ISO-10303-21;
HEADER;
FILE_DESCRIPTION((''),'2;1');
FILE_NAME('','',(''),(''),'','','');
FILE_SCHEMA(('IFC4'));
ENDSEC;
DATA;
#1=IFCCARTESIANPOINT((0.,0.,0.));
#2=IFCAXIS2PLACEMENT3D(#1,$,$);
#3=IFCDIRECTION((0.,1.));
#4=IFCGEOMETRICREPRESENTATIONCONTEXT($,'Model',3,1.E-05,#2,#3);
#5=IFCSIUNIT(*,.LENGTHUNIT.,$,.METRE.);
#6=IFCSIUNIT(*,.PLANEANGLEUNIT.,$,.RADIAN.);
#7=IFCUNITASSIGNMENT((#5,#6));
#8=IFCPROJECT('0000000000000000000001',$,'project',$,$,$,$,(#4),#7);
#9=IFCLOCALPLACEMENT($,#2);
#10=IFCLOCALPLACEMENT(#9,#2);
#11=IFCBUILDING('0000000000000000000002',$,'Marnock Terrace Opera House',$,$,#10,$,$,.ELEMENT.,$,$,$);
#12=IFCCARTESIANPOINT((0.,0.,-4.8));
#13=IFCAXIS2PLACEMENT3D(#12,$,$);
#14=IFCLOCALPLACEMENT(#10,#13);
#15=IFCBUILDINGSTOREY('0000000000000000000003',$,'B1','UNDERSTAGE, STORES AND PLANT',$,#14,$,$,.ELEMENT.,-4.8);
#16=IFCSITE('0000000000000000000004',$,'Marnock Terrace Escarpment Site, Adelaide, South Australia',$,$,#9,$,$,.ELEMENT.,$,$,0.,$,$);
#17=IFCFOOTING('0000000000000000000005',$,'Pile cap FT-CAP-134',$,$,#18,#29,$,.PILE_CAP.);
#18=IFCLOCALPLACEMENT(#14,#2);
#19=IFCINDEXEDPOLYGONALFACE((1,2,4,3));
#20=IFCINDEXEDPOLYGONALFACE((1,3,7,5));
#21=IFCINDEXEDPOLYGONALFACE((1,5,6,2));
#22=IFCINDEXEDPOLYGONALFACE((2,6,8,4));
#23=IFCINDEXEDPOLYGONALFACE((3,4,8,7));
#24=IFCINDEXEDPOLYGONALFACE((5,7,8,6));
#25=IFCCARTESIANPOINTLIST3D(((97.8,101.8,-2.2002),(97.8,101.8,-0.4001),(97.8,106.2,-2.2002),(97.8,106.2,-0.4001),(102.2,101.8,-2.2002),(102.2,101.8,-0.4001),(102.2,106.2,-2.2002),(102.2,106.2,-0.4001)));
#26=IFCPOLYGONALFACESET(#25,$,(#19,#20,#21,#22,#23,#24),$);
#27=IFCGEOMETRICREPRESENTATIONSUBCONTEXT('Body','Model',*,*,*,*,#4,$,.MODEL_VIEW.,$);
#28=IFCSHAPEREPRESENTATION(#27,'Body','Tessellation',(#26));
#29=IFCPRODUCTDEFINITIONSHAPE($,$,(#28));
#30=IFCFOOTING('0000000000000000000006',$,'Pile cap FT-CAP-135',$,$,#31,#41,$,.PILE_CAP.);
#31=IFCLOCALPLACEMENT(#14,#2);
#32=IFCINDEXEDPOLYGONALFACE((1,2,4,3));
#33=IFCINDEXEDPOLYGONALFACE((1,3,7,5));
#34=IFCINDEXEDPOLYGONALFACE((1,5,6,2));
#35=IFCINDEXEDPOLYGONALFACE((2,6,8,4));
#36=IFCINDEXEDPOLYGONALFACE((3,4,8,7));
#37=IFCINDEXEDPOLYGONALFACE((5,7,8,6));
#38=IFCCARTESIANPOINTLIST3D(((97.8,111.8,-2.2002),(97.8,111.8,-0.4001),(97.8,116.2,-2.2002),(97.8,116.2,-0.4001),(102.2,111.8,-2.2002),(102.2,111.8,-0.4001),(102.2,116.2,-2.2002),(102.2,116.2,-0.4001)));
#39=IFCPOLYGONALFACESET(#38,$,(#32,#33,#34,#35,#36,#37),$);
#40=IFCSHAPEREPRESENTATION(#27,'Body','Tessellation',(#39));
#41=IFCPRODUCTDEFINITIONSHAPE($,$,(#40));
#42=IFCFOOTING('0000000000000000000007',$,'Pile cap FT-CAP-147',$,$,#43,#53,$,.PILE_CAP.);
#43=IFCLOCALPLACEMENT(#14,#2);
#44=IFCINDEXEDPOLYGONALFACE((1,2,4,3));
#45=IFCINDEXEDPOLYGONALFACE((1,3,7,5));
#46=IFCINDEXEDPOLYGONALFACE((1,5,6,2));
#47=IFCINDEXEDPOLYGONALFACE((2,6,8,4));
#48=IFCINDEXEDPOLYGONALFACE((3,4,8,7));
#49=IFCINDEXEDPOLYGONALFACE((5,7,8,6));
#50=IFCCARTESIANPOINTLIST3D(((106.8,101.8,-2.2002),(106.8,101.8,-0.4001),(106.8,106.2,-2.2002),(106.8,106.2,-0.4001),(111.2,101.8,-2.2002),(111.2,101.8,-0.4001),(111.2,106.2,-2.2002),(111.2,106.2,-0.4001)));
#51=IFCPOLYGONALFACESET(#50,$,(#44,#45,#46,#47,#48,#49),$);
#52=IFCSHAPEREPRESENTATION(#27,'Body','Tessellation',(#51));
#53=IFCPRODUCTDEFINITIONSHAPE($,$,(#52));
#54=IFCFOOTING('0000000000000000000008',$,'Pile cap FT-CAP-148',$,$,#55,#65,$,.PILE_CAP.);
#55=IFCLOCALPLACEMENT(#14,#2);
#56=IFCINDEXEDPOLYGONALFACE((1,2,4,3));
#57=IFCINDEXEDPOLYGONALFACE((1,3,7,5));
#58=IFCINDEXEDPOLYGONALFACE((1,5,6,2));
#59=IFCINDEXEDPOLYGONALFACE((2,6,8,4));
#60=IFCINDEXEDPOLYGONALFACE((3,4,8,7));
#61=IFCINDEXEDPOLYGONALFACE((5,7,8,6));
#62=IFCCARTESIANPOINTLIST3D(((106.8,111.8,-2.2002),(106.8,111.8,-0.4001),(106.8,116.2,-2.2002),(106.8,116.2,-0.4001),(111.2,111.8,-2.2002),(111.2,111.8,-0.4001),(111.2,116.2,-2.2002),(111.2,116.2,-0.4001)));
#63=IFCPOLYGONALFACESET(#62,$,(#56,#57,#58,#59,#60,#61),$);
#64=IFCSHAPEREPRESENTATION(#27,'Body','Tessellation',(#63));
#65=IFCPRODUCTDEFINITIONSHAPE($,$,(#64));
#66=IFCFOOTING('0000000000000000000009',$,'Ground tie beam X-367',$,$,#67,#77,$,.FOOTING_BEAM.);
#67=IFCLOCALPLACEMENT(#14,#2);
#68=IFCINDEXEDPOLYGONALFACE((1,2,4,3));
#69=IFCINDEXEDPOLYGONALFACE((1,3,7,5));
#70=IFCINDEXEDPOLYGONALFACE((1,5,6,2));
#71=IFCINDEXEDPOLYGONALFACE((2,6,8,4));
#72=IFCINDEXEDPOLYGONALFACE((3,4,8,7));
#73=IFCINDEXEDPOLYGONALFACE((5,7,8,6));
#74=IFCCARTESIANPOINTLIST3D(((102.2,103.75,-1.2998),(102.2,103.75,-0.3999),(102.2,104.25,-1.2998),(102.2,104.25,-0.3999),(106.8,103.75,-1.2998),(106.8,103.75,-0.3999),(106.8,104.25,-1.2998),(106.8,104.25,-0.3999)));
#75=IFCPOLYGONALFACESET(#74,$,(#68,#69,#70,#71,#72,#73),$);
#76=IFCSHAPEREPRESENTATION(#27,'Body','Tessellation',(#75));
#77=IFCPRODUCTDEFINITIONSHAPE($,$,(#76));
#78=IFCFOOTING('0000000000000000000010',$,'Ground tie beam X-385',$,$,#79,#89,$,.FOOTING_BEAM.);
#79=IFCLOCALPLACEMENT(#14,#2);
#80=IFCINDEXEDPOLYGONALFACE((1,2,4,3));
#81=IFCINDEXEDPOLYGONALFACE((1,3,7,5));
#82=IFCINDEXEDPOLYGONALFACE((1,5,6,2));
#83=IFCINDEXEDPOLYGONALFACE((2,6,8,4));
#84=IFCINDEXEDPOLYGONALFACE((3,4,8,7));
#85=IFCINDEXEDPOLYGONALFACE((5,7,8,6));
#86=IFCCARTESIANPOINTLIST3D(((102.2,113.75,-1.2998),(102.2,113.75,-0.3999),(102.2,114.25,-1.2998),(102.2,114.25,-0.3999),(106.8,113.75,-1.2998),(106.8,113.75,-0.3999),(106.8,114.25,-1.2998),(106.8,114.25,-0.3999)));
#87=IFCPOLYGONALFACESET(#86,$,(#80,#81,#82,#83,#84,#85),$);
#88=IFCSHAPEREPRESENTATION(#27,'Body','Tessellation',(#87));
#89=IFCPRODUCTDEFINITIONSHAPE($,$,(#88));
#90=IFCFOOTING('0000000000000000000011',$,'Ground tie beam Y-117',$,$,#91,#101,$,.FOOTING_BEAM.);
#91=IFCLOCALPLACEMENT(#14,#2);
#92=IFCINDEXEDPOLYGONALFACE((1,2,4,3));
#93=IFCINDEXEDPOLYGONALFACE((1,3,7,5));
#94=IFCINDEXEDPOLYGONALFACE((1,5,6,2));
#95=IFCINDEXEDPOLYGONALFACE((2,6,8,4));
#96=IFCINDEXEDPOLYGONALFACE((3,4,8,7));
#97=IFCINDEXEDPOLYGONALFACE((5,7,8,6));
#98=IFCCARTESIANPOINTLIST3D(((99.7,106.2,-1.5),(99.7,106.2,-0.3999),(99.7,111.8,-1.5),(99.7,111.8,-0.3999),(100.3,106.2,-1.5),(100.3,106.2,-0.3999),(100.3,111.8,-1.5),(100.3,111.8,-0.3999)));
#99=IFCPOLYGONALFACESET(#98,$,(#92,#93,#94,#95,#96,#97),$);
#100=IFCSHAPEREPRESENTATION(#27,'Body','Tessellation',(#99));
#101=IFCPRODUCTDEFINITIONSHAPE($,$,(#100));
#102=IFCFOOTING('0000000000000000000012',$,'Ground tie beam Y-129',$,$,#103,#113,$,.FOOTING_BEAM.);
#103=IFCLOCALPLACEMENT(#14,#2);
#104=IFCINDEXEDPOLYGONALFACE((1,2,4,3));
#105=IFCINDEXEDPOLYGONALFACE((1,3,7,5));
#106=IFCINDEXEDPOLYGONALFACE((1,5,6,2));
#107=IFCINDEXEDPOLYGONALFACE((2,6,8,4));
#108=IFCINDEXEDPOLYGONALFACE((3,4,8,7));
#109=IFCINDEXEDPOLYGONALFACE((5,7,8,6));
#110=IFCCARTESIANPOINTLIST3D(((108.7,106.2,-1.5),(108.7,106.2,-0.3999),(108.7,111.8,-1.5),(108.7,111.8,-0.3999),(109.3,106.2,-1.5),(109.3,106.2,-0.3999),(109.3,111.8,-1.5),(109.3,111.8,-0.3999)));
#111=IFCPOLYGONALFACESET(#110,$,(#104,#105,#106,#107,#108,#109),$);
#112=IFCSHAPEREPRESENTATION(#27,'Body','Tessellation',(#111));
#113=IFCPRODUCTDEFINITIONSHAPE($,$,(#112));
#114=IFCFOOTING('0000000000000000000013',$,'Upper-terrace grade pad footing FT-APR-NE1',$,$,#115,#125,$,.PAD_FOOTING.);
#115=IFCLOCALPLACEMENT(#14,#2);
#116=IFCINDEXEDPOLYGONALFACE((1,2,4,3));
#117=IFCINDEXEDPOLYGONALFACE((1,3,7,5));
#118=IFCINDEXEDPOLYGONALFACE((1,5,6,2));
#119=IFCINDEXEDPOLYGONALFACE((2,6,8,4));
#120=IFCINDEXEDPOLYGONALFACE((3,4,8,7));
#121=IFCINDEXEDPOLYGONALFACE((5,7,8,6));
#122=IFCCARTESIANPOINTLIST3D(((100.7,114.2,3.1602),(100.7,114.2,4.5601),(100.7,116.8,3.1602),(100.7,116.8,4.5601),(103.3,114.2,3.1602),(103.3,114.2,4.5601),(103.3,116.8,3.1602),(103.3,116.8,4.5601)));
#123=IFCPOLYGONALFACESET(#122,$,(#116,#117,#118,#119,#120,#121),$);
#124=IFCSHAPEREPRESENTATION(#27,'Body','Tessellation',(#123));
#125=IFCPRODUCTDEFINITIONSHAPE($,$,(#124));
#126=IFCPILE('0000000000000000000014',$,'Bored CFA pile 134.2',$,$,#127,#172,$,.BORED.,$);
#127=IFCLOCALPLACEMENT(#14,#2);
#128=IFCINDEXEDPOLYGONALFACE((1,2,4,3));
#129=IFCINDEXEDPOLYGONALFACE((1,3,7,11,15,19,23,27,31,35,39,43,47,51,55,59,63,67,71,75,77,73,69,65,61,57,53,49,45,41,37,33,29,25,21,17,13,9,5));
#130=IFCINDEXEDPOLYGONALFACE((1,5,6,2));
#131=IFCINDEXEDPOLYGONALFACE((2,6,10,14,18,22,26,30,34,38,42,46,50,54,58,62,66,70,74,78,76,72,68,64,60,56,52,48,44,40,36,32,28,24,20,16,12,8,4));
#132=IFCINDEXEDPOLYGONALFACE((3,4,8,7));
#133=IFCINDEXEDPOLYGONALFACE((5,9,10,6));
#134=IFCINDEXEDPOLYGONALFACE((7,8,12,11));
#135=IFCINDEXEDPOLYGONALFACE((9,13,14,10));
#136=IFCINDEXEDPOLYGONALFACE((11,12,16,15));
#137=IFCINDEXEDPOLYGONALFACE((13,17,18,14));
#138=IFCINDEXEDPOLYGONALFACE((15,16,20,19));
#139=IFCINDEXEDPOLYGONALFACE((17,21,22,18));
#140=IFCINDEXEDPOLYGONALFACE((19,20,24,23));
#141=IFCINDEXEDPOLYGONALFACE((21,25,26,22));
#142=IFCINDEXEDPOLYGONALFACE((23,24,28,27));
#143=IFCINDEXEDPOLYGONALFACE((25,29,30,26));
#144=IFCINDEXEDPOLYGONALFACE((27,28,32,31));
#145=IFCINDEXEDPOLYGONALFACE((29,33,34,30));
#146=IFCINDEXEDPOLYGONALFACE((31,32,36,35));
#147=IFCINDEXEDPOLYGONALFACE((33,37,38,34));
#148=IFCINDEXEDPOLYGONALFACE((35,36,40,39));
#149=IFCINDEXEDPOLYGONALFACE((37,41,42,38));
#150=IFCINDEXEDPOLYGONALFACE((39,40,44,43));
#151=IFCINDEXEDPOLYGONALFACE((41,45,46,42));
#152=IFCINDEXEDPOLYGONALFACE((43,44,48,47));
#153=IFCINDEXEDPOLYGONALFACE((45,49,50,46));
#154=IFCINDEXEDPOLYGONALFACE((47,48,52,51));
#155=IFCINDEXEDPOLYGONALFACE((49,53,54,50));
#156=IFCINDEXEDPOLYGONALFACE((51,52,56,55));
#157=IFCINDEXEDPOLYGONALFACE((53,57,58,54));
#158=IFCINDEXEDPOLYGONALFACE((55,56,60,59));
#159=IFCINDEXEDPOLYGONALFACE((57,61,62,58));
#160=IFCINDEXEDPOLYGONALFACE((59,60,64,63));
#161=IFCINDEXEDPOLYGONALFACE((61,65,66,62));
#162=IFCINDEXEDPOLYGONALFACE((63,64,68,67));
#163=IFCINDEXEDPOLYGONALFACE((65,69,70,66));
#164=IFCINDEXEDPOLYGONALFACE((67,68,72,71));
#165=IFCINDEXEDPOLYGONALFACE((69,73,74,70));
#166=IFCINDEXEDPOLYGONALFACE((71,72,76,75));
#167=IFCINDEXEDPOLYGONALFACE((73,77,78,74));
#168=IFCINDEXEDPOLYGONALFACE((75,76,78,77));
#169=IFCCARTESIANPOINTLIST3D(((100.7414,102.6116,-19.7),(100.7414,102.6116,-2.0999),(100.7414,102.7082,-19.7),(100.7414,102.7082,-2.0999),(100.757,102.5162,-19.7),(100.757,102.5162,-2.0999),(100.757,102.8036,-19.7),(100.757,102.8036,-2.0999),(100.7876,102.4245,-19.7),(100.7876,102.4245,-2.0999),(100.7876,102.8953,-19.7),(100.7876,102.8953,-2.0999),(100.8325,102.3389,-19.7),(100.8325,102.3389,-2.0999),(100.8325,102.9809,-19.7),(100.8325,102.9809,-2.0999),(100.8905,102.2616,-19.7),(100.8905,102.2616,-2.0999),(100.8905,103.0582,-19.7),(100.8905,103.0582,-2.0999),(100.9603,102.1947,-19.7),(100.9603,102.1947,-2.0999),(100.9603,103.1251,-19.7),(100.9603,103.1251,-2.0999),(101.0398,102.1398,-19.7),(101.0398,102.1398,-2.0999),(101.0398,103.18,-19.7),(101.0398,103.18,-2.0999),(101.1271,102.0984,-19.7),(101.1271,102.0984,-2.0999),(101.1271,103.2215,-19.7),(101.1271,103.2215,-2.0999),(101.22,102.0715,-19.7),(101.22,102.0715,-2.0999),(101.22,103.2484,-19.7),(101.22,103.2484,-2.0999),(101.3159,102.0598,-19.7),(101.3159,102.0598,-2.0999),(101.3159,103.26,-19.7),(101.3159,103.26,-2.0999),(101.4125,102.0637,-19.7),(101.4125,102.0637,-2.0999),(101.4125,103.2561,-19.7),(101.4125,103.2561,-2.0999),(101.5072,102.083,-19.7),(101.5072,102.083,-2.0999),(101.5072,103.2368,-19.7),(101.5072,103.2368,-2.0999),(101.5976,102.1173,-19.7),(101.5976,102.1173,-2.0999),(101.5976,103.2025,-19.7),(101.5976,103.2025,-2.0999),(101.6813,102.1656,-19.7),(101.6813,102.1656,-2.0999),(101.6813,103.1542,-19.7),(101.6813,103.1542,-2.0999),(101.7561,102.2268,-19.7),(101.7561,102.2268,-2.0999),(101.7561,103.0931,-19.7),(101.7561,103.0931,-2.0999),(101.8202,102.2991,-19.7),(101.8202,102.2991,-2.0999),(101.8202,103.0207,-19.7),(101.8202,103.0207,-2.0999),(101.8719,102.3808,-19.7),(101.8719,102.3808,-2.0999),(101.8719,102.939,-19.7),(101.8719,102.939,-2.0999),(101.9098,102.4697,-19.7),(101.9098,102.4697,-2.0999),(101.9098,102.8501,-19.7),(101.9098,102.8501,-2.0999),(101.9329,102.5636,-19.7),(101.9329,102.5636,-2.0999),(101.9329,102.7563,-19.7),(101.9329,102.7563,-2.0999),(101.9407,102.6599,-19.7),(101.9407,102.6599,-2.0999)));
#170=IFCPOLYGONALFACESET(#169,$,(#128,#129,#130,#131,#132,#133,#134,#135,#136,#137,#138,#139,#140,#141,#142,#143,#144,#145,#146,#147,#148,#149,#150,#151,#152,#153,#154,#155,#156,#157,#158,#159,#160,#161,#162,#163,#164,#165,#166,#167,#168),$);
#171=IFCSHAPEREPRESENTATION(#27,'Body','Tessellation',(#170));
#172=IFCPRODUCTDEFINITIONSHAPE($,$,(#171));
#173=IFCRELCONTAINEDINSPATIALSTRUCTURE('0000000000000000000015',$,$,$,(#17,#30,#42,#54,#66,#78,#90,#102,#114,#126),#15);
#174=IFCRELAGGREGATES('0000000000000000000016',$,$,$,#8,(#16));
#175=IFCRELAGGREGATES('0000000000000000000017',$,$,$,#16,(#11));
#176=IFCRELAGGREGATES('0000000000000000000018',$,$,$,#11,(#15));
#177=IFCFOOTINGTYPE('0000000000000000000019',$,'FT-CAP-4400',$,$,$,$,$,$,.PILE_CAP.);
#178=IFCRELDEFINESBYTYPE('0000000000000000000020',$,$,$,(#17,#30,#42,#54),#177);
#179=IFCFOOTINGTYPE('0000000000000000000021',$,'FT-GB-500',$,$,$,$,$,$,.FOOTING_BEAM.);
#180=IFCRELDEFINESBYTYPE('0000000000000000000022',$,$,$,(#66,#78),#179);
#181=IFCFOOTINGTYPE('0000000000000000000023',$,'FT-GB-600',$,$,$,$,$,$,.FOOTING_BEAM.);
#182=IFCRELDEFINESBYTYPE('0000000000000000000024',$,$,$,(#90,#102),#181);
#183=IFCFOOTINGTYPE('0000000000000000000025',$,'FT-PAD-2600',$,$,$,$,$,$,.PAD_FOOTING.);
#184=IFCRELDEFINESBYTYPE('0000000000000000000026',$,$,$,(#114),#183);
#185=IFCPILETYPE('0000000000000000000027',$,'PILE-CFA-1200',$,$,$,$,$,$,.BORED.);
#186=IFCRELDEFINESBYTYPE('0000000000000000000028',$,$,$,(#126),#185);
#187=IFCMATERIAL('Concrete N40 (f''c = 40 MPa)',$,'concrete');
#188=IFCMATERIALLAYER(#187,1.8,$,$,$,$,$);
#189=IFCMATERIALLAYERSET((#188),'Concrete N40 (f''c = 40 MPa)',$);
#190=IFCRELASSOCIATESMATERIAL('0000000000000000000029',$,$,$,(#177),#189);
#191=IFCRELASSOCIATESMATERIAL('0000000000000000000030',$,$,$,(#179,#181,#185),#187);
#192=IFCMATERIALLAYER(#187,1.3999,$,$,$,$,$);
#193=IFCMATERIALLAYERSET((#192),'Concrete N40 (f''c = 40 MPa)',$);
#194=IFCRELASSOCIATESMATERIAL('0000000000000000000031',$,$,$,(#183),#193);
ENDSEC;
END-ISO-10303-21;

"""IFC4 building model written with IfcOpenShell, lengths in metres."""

from ifc_helpers import new_model, si_unit, direction, frame, origin, origin_2d, place, context, subcontext, project, spatial, rectangle, circle, extrude, material, layer, layer_set, material_profile, profile_set, type_object, element, save


model = new_model("IFC4")

# Units and contexts
model_context = context("Model", 3, precision=1e-05, world=origin(), true_north=direction((0.0, 1.0)))
body_context = subcontext(model_context, "Body", "Model", "MODEL_VIEW")
ifc_project = project(units=[si_unit("LENGTHUNIT", "METRE"), si_unit("PLANEANGLEUNIT", "RADIAN")], contexts=[model_context])

# Site, building, storey
site_placement = place(None, origin())
site = spatial("IfcSite", under=ifc_project, at=site_placement, Name="Marnock Terrace Escarpment Site, Adelaide, South Australia", CompositionType="ELEMENT", RefElevation=0.0)
building_placement = place(site_placement, origin())
building = spatial("IfcBuilding", under=site, at=building_placement, Name="Marnock Terrace Opera House", CompositionType="ELEMENT")
storey_placement = place(building_placement, frame((0.0, 0.0, -4.8)))
storey = spatial("IfcBuildingStorey", under=building, at=storey_placement, Name="B1", Description="UNDERSTAGE, STORES AND PLANT", CompositionType="ELEMENT", Elevation=-4.8)

# Footings
ifc_material_1 = material(Name="Concrete N40 (f'c = 40 MPa)", Category="concrete")
ifc_layer_1 = layer(ifc_material_1, 1.8)
ifc_layer_set_1 = layer_set([ifc_layer_1], Name="Concrete N40 (f'c = 40 MPa)")
footing_type_1 = type_object("IfcFootingType", Name="FT-CAP-4400", PredefinedType="PILE_CAP", material=ifc_layer_set_1)
for number, where, z_axis, x_axis, name in (
    (1, (100.0, 104.0, -2.2002), (0.0, 0.0, 1.0), (1.0, 0.0, 0.0), "Pile cap FT-CAP-134"),
    (2, (100.0, 114.0, -2.2002), (0.0, 0.0, 1.0), (1.0, 0.0, 0.0), "Pile cap FT-CAP-135"),
    (3, (109.0, 104.0, -2.2002), (0.0, 0.0, 1.0), (1.0, 0.0, 0.0), "Pile cap FT-CAP-147"),
    (4, (109.0, 114.0, -2.2002), (0.0, 0.0, 1.0), (1.0, 0.0, 0.0), "Pile cap FT-CAP-148"),
):
    element("IfcFooting", number, at=place(storey_placement, frame(where, z_axis=z_axis, x_axis=x_axis)), inside=storey, type_object=footing_type_1, Name=name, PredefinedType="PILE_CAP", context=body_context, shape_type="SweptSolid", body=[
        extrude(rectangle(XDim=4.3999, YDim=4.3999, at=origin_2d()), origin(), (0.0, 0.0, 1.0), 1.8),
    ])
ifc_material_profile_1 = material_profile(ifc_material_1, rectangle(XDim=0.5, YDim=0.8999, at=origin_2d()))
ifc_profile_set_1 = profile_set([ifc_material_profile_1], Name="Concrete N40 (f'c = 40 MPa)")
footing_type_2 = type_object("IfcFootingType", Name="FT-GB-500", PredefinedType="FOOTING_BEAM", material=ifc_profile_set_1)
for number, where, z_axis, x_axis, name in (
    (5, (102.2, 104.0, -0.8499), (1.0, 0.0, 0.0), (0.0, 1.0, 0.0), "Ground tie beam X-367"),
    (6, (102.2, 114.0, -0.8499), (1.0, 0.0, 0.0), (0.0, 1.0, 0.0), "Ground tie beam X-385"),
):
    element("IfcFooting", number, at=place(storey_placement, frame(where, z_axis=z_axis, x_axis=x_axis)), inside=storey, type_object=footing_type_2, Name=name, PredefinedType="FOOTING_BEAM", context=body_context, shape_type="SweptSolid", body=[
        extrude(rectangle(XDim=0.5, YDim=0.8999, at=origin_2d()), origin(), (0.0, 0.0, 1.0), 4.6001),
    ])
ifc_material_profile_2 = material_profile(ifc_material_1, rectangle(XDim=0.6001, YDim=1.1001, at=origin_2d()))
ifc_profile_set_2 = profile_set([ifc_material_profile_2], Name="Concrete N40 (f'c = 40 MPa)")
footing_type_3 = type_object("IfcFootingType", Name="FT-GB-600", PredefinedType="FOOTING_BEAM", material=ifc_profile_set_2)
for number, where, z_axis, x_axis, name in (
    (7, (100.0, 106.2, -0.95), (0.0, 1.0, 0.0), (-1.0, 0.0, 0.0), "Ground tie beam Y-117"),
    (8, (109.0, 106.2, -0.95), (0.0, 1.0, 0.0), (-1.0, 0.0, 0.0), "Ground tie beam Y-129"),
):
    element("IfcFooting", number, at=place(storey_placement, frame(where, z_axis=z_axis, x_axis=x_axis)), inside=storey, type_object=footing_type_3, Name=name, PredefinedType="FOOTING_BEAM", context=body_context, shape_type="SweptSolid", body=[
        extrude(rectangle(XDim=0.6001, YDim=1.1001, at=origin_2d()), origin(), (0.0, 0.0, 1.0), 5.6001),
    ])
ifc_layer_2 = layer(ifc_material_1, 1.3999)
ifc_layer_set_2 = layer_set([ifc_layer_2], Name="Concrete N40 (f'c = 40 MPa)")
footing_type_4 = type_object("IfcFootingType", Name="FT-PAD-2600", PredefinedType="PAD_FOOTING", material=ifc_layer_set_2)
footing_placement = place(storey_placement, frame((102.0, 115.5, 3.1602), z_axis=(0.0, 0.0, 1.0), x_axis=(1.0, 0.0, 0.0)))
element("IfcFooting", 9, at=footing_placement, inside=storey, type_object=footing_type_4, Name="Upper-terrace grade pad footing FT-APR-NE1", PredefinedType="PAD_FOOTING", context=body_context, shape_type="SweptSolid", body=[
    extrude(rectangle(XDim=2.6001, YDim=2.6001, at=origin_2d()), origin(), (0.0, 0.0, 1.0), 1.3999),
])

# Pile
ifc_material_profile_3 = material_profile(ifc_material_1, circle(Radius=0.6006, at=origin_2d()))
ifc_profile_set_3 = profile_set([ifc_material_profile_3], Name="Concrete N40 (f'c = 40 MPa)")
pile_type = type_object("IfcPileType", Name="PILE-CFA-1200", PredefinedType="BORED", material=ifc_profile_set_3)
for number, where, z_axis, x_axis, name in (
    (10, (101.3401, 102.6599, -2.0999), (0.0, 0.0, -1.0), (1.0, 0.0, 0.0), "Bored CFA pile 134.2"),
):
    element("IfcPile", number, at=place(storey_placement, frame(where, z_axis=z_axis, x_axis=x_axis)), inside=storey, type_object=pile_type, Name=name, PredefinedType="BORED", context=body_context, shape_type="SweptSolid", body=[
        extrude(circle(Radius=0.6006, at=origin_2d()), origin(), (0.0, 0.0, 1.0), 17.6001),
    ])

save(model, "model.ifc")
